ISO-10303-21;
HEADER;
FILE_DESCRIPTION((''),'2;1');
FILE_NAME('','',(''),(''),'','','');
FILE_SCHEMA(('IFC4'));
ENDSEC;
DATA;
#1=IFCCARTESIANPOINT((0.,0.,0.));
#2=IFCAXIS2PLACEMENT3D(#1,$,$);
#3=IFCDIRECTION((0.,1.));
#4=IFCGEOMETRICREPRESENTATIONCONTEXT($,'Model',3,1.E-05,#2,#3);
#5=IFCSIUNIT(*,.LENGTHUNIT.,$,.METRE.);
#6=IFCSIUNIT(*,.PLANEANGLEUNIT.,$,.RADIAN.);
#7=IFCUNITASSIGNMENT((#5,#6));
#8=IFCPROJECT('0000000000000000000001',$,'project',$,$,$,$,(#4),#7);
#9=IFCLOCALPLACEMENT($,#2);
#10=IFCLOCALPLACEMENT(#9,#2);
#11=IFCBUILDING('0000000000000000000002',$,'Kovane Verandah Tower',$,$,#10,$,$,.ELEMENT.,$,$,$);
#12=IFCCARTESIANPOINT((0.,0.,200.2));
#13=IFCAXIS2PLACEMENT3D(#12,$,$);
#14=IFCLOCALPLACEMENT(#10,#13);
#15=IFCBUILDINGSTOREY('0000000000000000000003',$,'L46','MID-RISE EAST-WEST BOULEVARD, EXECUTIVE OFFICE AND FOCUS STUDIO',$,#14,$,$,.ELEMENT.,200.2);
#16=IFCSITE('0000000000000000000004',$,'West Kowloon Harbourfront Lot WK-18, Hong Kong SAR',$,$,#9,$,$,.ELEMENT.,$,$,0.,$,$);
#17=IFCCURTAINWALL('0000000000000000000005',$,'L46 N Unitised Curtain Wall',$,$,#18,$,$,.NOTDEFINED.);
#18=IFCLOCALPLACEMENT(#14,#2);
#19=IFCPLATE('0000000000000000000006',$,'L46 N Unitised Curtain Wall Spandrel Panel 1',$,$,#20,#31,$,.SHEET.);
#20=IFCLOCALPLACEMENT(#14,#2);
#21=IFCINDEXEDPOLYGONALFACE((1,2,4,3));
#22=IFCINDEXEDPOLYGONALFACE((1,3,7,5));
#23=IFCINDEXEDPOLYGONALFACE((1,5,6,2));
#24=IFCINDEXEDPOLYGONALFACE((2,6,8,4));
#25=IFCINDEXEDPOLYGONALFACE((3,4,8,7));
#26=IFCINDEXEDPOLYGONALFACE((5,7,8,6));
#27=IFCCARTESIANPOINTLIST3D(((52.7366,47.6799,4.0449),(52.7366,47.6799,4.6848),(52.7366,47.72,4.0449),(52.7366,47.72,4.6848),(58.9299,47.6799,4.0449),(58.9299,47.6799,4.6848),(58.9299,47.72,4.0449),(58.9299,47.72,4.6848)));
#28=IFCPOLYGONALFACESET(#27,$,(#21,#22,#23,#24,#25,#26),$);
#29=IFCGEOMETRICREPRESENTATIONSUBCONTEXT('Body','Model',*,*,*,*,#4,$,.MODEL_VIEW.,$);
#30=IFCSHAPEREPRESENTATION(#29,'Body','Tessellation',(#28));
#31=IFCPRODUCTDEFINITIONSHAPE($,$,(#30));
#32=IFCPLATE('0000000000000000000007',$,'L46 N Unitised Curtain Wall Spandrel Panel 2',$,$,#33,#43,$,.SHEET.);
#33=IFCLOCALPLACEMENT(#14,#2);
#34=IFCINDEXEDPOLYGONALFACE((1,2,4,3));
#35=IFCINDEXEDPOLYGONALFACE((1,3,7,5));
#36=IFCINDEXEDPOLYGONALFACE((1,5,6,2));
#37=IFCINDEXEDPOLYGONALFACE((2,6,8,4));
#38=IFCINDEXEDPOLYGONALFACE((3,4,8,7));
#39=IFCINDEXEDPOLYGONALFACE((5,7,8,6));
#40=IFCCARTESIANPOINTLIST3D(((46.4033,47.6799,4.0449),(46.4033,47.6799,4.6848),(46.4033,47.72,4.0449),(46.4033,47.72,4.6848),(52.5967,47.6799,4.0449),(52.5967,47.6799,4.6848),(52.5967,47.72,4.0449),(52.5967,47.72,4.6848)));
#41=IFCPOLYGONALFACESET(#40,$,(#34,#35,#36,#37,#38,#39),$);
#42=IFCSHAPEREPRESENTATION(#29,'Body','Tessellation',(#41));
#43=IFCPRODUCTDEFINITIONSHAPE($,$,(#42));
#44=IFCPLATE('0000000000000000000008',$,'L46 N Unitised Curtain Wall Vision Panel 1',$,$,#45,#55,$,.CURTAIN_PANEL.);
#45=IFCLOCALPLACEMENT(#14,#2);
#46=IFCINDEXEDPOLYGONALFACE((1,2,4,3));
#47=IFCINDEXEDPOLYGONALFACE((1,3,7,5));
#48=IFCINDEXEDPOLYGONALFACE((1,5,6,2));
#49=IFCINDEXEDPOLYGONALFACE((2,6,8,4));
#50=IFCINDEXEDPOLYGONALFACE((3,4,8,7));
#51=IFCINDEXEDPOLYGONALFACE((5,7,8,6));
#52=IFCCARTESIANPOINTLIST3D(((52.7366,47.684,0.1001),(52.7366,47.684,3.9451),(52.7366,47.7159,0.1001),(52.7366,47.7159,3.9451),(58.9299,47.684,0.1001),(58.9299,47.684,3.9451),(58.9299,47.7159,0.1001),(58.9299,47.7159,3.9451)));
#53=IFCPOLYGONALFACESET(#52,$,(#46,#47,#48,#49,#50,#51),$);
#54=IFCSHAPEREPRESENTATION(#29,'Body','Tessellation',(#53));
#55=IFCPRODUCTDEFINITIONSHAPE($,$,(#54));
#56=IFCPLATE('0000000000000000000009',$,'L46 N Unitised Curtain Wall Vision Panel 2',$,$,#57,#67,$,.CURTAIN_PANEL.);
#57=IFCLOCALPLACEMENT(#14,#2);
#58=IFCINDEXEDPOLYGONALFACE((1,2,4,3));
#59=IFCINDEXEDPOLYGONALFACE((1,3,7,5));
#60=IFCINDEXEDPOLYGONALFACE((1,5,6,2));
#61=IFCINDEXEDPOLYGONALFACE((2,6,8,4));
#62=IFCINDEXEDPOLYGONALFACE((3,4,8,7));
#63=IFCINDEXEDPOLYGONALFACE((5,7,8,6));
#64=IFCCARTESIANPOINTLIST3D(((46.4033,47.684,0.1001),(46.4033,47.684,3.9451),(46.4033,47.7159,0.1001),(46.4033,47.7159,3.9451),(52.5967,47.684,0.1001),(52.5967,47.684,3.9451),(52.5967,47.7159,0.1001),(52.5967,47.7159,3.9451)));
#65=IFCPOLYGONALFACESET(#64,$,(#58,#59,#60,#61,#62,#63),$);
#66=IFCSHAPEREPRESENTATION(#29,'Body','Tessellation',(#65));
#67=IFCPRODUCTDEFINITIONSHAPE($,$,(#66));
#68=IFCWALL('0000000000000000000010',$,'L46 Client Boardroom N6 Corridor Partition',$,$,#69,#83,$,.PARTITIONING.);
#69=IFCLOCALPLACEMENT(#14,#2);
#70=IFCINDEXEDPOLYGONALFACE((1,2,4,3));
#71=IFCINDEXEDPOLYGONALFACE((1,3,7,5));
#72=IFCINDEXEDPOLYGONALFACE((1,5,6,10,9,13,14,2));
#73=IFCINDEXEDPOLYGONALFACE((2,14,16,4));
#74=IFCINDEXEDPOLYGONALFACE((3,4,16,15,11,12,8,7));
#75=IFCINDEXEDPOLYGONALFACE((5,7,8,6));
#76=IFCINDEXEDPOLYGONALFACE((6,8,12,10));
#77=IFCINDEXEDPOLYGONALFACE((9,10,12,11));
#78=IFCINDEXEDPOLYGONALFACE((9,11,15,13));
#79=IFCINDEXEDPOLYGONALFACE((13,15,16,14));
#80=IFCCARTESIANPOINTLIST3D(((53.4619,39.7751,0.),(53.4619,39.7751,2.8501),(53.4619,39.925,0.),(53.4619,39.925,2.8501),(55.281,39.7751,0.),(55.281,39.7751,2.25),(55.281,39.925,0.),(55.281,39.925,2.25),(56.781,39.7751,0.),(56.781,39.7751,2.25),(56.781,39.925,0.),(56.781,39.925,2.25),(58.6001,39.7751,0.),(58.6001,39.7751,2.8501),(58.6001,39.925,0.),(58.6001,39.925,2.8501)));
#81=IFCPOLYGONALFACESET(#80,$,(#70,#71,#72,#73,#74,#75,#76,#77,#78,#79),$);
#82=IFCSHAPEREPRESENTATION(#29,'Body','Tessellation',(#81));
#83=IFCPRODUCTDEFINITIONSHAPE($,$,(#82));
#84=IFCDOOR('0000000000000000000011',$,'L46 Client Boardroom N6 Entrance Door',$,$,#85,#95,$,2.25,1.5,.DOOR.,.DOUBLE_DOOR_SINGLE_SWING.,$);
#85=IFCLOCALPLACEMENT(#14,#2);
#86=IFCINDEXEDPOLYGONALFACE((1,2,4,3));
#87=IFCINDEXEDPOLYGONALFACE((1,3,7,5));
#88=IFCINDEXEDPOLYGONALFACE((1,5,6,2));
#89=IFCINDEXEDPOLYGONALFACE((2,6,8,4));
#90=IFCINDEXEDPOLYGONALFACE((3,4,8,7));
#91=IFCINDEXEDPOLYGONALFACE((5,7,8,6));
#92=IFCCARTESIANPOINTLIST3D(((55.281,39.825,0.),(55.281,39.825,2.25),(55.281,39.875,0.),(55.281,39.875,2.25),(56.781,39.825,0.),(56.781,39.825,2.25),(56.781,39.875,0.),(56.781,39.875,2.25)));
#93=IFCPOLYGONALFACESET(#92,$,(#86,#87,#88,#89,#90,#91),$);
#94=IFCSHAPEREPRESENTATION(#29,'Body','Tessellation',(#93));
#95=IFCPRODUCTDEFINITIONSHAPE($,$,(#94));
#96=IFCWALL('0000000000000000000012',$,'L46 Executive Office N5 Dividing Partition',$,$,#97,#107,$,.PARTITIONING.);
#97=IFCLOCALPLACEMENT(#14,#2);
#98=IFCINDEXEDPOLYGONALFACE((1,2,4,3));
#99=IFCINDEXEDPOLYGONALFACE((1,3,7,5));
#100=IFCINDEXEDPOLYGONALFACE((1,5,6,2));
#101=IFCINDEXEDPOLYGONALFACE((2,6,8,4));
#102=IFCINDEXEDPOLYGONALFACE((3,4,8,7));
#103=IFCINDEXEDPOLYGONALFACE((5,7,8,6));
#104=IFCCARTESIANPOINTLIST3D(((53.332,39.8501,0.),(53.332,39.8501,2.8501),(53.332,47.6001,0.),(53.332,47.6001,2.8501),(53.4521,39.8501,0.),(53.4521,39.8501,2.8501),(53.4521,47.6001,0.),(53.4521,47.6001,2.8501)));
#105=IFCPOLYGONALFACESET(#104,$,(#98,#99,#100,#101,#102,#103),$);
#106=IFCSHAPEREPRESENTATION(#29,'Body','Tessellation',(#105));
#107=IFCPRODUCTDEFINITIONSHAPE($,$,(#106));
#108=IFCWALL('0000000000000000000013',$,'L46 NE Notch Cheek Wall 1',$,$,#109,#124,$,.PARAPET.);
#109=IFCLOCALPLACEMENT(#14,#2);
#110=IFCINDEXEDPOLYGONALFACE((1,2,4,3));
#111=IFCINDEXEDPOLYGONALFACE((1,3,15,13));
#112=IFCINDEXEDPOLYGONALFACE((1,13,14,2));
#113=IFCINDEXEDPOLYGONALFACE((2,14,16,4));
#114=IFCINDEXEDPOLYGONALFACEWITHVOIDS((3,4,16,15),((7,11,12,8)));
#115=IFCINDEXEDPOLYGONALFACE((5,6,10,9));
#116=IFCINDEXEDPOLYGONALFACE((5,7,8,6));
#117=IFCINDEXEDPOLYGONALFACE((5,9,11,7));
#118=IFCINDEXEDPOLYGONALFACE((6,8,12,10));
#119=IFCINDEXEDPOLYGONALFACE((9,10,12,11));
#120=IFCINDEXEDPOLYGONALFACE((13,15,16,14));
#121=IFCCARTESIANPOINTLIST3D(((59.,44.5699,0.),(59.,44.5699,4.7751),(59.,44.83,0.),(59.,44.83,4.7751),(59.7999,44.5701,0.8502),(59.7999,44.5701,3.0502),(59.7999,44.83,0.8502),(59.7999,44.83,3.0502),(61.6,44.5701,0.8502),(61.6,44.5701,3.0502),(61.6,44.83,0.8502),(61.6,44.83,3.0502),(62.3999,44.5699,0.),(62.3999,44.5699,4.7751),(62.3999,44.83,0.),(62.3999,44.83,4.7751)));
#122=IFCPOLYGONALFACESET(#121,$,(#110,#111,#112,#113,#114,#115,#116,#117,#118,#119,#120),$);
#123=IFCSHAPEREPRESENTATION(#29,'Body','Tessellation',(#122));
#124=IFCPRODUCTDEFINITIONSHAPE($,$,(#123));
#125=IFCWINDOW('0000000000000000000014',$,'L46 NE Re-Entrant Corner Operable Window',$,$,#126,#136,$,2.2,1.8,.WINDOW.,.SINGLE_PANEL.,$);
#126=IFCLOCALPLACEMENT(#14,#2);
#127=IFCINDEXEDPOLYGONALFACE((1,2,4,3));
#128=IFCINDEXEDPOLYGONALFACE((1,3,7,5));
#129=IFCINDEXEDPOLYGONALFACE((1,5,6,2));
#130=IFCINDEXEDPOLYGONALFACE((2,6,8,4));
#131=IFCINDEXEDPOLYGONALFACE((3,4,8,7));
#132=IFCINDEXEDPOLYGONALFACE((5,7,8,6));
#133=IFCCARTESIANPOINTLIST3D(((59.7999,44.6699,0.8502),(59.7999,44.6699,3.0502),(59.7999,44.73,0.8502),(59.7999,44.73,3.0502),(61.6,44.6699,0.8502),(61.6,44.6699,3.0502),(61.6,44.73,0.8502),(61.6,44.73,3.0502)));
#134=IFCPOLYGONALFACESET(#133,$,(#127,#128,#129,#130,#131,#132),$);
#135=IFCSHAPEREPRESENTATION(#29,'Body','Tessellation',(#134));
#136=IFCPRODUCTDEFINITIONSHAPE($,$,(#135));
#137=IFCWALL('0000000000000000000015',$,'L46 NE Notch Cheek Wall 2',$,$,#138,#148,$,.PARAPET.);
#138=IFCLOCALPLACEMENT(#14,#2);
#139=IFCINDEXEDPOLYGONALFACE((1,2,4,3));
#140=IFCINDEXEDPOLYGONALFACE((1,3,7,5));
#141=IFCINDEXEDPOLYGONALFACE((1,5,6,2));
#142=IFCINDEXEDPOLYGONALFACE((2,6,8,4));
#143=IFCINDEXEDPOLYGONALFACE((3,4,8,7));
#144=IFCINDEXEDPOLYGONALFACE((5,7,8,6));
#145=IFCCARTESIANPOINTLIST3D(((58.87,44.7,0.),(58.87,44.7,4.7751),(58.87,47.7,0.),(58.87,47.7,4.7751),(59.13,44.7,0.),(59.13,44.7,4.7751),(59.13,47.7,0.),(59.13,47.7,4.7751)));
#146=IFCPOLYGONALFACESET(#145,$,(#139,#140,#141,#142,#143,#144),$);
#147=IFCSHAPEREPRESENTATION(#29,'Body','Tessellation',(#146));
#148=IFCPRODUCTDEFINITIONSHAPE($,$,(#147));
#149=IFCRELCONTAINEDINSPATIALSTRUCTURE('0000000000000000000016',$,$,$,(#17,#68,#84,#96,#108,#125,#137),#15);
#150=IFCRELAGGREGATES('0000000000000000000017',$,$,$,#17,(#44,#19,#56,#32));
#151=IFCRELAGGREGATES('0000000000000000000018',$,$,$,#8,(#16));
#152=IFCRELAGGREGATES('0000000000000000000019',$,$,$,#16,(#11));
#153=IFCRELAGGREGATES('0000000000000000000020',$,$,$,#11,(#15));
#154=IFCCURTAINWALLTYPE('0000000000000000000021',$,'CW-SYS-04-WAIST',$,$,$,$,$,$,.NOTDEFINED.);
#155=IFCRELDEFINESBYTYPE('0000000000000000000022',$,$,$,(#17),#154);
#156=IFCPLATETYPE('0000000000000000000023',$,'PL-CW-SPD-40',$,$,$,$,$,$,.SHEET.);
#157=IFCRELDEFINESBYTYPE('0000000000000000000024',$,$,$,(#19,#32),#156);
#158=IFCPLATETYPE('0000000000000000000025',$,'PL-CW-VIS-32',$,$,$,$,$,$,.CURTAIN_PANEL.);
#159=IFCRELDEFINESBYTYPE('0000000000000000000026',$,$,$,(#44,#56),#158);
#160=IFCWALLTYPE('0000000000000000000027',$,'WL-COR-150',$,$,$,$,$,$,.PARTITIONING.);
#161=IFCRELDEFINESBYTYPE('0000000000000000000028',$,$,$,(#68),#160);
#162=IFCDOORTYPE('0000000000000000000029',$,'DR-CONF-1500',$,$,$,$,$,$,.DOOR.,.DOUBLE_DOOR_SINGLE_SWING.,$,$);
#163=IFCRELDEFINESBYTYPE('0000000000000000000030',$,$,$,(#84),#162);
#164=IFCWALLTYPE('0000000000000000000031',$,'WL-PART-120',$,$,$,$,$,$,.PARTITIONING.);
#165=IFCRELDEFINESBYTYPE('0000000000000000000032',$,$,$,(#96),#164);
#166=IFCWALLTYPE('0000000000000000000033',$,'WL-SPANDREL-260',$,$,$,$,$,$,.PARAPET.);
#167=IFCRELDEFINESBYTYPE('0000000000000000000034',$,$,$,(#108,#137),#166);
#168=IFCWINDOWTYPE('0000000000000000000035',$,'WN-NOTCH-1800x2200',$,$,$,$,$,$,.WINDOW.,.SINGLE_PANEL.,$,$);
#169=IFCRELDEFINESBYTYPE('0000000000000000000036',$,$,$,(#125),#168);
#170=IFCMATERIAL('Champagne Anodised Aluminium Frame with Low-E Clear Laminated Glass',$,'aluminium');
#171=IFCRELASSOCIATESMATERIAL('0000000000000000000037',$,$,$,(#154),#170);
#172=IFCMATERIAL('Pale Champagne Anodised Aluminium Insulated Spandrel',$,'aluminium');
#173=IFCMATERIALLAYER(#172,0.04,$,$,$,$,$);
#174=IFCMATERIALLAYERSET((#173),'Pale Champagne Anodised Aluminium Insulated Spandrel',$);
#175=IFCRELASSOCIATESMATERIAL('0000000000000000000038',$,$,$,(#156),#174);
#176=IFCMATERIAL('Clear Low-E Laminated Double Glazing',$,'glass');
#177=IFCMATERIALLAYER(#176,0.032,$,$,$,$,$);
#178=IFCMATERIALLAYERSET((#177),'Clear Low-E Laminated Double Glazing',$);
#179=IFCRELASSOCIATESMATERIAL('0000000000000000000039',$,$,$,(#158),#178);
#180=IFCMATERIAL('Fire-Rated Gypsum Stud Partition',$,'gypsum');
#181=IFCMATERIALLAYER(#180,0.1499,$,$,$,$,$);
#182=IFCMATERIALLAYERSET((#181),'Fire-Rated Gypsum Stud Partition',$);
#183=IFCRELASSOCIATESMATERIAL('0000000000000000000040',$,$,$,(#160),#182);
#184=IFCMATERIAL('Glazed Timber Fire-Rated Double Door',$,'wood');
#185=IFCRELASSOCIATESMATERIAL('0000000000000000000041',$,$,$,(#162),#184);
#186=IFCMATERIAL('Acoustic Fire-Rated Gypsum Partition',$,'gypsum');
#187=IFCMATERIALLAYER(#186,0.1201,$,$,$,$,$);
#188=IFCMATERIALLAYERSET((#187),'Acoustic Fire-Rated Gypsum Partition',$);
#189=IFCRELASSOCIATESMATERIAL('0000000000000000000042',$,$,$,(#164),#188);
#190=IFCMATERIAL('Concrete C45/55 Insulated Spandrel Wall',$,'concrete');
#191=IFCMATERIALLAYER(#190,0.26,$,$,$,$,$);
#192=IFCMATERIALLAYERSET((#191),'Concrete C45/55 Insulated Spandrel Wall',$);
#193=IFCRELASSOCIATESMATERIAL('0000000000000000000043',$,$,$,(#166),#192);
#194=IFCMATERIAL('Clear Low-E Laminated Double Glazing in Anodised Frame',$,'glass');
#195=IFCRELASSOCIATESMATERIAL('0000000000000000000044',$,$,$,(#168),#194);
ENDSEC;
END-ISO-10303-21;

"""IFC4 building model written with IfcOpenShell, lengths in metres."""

from ifc_helpers import new_model, si_unit, direction, frame, frame_2d, origin, origin_2d, place, context, subcontext, project, spatial, rectangle, extrude, material, layer, layer_set, type_object, element, fill, aggregate, save


model = new_model("IFC4")

# Units and contexts
model_context = context("Model", 3, precision=1e-05, world=origin(), true_north=direction((0.0, 1.0)))
body_context = subcontext(model_context, "Body", "Model", "MODEL_VIEW")
ifc_project = project(units=[si_unit("LENGTHUNIT", "METRE"), si_unit("PLANEANGLEUNIT", "RADIAN")], contexts=[model_context])

# Site, building, storey
site_placement = place(None, origin())
site = spatial("IfcSite", under=ifc_project, at=site_placement, Name="West Kowloon Harbourfront Lot WK-18, Hong Kong SAR", CompositionType="ELEMENT", RefElevation=0.0)
building_placement = place(site_placement, origin())
building = spatial("IfcBuilding", under=site, at=building_placement, Name="Kovane Verandah Tower", CompositionType="ELEMENT")
storey_placement = place(building_placement, frame((0.0, 0.0, 200.2)))
storey = spatial("IfcBuildingStorey", under=building, at=storey_placement, Name="L46", Description="MID-RISE EAST-WEST BOULEVARD, EXECUTIVE OFFICE AND FOCUS STUDIO", CompositionType="ELEMENT", Elevation=200.2)

# Curtain wall, plates
ifc_material_1 = material(Name="Champagne Anodised Aluminium Frame with Low-E Clear Laminated Glass", Category="aluminium")
curtain_wall_type = type_object("IfcCurtainWallType", Name="CW-SYS-04-WAIST", PredefinedType="NOTDEFINED", material=ifc_material_1)
curtain_wall_placement = place(storey_placement, origin())
curtain_wall = element("IfcCurtainWall", 1, at=curtain_wall_placement, inside=storey, type_object=curtain_wall_type, Name="L46 N Unitised Curtain Wall", PredefinedType="NOTDEFINED")
ifc_material_2 = material(Name="Pale Champagne Anodised Aluminium Insulated Spandrel", Category="aluminium")
ifc_layer_1 = layer(ifc_material_2, 0.04)
ifc_layer_set_1 = layer_set([ifc_layer_1], Name="Pale Champagne Anodised Aluminium Insulated Spandrel")
plate_type_1 = type_object("IfcPlateType", Name="PL-CW-SPD-40", PredefinedType="SHEET", material=ifc_layer_set_1)
plate_1_placement = place(storey_placement, frame((55.8333, 47.7, 4.0449), z_axis=(0.0, 0.0, 1.0), x_axis=(-1.0, 0.0, 0.0)))
plate_1 = element("IfcPlate", 2, at=plate_1_placement, type_object=plate_type_1, Name="L46 N Unitised Curtain Wall Spandrel Panel 1", PredefinedType="SHEET", context=body_context, shape_type="SweptSolid", body=[
    extrude(rectangle(XDim=6.1934, YDim=0.04, at=origin_2d()), origin(), (0.0, 0.0, 1.0), 0.6399),
])
plate_2_placement = place(storey_placement, frame((49.5, 47.7, 4.0449), z_axis=(0.0, 0.0, 1.0), x_axis=(-1.0, 0.0, 0.0)))
plate_2 = element("IfcPlate", 3, at=plate_2_placement, type_object=plate_type_1, Name="L46 N Unitised Curtain Wall Spandrel Panel 2", PredefinedType="SHEET", context=body_context, shape_type="SweptSolid", body=[
    extrude(rectangle(XDim=6.1934, YDim=0.04, at=origin_2d()), origin(), (0.0, 0.0, 1.0), 0.6399),
])
ifc_material_3 = material(Name="Clear Low-E Laminated Double Glazing", Category="glass")
ifc_layer_2 = layer(ifc_material_3, 0.032)
ifc_layer_set_2 = layer_set([ifc_layer_2], Name="Clear Low-E Laminated Double Glazing")
plate_type_2 = type_object("IfcPlateType", Name="PL-CW-VIS-32", PredefinedType="CURTAIN_PANEL", material=ifc_layer_set_2)
plate_3_placement = place(storey_placement, frame((55.8333, 47.7, 0.1001), z_axis=(0.0, 0.0, 1.0), x_axis=(-1.0, 0.0, 0.0)))
plate_3 = element("IfcPlate", 4, at=plate_3_placement, type_object=plate_type_2, Name="L46 N Unitised Curtain Wall Vision Panel 1", PredefinedType="CURTAIN_PANEL", context=body_context, shape_type="SweptSolid", body=[
    extrude(rectangle(XDim=6.1934, YDim=0.032, at=origin_2d()), origin(), (0.0, 0.0, 1.0), 3.845),
])
plate_4_placement = place(storey_placement, frame((49.5, 47.7, 0.1001), z_axis=(0.0, 0.0, 1.0), x_axis=(-1.0, 0.0, 0.0)))
plate_4 = element("IfcPlate", 5, at=plate_4_placement, type_object=plate_type_2, Name="L46 N Unitised Curtain Wall Vision Panel 2", PredefinedType="CURTAIN_PANEL", context=body_context, shape_type="SweptSolid", body=[
    extrude(rectangle(XDim=6.1934, YDim=0.032, at=origin_2d()), origin(), (0.0, 0.0, 1.0), 3.845),
])
aggregate(curtain_wall, [plate_3, plate_1, plate_4, plate_2])

# Wall, opening, door
ifc_material_4 = material(Name="Fire-Rated Gypsum Stud Partition", Category="gypsum")
ifc_layer_3 = layer(ifc_material_4, 0.1499)
ifc_layer_set_3 = layer_set([ifc_layer_3], Name="Fire-Rated Gypsum Stud Partition")
wall_type_1 = type_object("IfcWallType", Name="WL-COR-150", PredefinedType="PARTITIONING", material=ifc_layer_set_3)
wall_1_placement = place(storey_placement, frame((53.4619, 39.8501, 0.0), z_axis=(0.0, 0.0, 1.0), x_axis=(1.0, 0.0, 0.0)))
wall_1 = element("IfcWall", 6, at=wall_1_placement, inside=storey, type_object=wall_type_1, Name="L46 Client Boardroom N6 Corridor Partition", PredefinedType="PARTITIONING", context=body_context, shape_type="SweptSolid", body=[
    extrude(rectangle(XDim=5.1382, YDim=0.1499, at=frame_2d((2.5691, 0.0))), origin(), (0.0, 0.0, 1.0), 2.8501),
])
opening_1_placement = place(wall_1_placement, frame((1.8191, 0.0, 0.0)))
opening_1 = element("IfcOpeningElement", 7, at=opening_1_placement, cuts=wall_1, PredefinedType="OPENING", context=body_context, shape_type="SweptSolid", body=[
    extrude(rectangle(XDim=1.5, YDim=2.25, at=frame_2d((0.75, 1.125))), frame((0.0, 0.075, 0.0), z_axis=(0.0, -1.0, 0.0), x_axis=(1.0, 0.0, 0.0)), (0.0, 0.0, 1.0), 0.1499),
])
ifc_material_5 = material(Name="Glazed Timber Fire-Rated Double Door", Category="wood")
door_type = type_object("IfcDoorType", Name="DR-CONF-1500", OperationType="DOUBLE_DOOR_SINGLE_SWING", PredefinedType="DOOR", material=ifc_material_5)
door_placement = place(opening_1_placement, origin())
door = element("IfcDoor", 8, at=door_placement, inside=storey, type_object=door_type, Name="L46 Client Boardroom N6 Entrance Door", OperationType="DOUBLE_DOOR_SINGLE_SWING", OverallHeight=2.25, OverallWidth=1.5, PredefinedType="DOOR", context=body_context, shape_type="SweptSolid", body=[
    extrude(rectangle(XDim=1.5, YDim=2.25, at=frame_2d((0.75, 1.125))), frame((0.0, 0.0249, 0.0), z_axis=(0.0, -1.0, 0.0), x_axis=(1.0, 0.0, 0.0)), (0.0, 0.0, 1.0), 0.05),
])
fill(opening_1, door)

# Wall
ifc_material_6 = material(Name="Acoustic Fire-Rated Gypsum Partition", Category="gypsum")
ifc_layer_4 = layer(ifc_material_6, 0.1201)
ifc_layer_set_4 = layer_set([ifc_layer_4], Name="Acoustic Fire-Rated Gypsum Partition")
wall_type_2 = type_object("IfcWallType", Name="WL-PART-120", PredefinedType="PARTITIONING", material=ifc_layer_set_4)
wall_2_placement = place(storey_placement, frame((53.3921, 39.8501, 0.0), z_axis=(0.0, 0.0, 1.0), x_axis=(0.0, 1.0, 0.0)))
element("IfcWall", 9, at=wall_2_placement, inside=storey, type_object=wall_type_2, Name="L46 Executive Office N5 Dividing Partition", PredefinedType="PARTITIONING", context=body_context, shape_type="SweptSolid", body=[
    extrude(rectangle(XDim=7.75, YDim=0.1201, at=frame_2d((3.875, 0.0))), origin(), (0.0, 0.0, 1.0), 2.8501),
])

# Wall, opening, window
ifc_material_7 = material(Name="Concrete C45/55 Insulated Spandrel Wall", Category="concrete")
ifc_layer_5 = layer(ifc_material_7, 0.26)
ifc_layer_set_5 = layer_set([ifc_layer_5], Name="Concrete C45/55 Insulated Spandrel Wall")
wall_type_3 = type_object("IfcWallType", Name="WL-SPANDREL-260", PredefinedType="PARAPET", material=ifc_layer_set_5)
wall_3_placement = place(storey_placement, frame((62.3999, 44.7, 0.0), z_axis=(0.0, 0.0, 1.0), x_axis=(-1.0, 0.0, 0.0)))
wall_3 = element("IfcWall", 10, at=wall_3_placement, inside=storey, type_object=wall_type_3, Name="L46 NE Notch Cheek Wall 1", PredefinedType="PARAPET", context=body_context, shape_type="SweptSolid", body=[
    extrude(rectangle(XDim=3.3999, YDim=0.26, at=frame_2d((1.7, 0.0))), origin(), (0.0, 0.0, 1.0), 4.7751),
])
opening_2_placement = place(wall_3_placement, frame((0.8, 0.0, 0.8501)))
opening_2 = element("IfcOpeningElement", 11, at=opening_2_placement, cuts=wall_3, PredefinedType="OPENING", context=body_context, shape_type="SweptSolid", body=[
    extrude(rectangle(XDim=1.8, YDim=2.2, at=frame_2d((0.8999, 1.1001))), frame((0.0, 0.1299, 0.0), z_axis=(0.0, -1.0, 0.0), x_axis=(1.0, 0.0, 0.0)), (0.0, 0.0, 1.0), 0.26),
])
ifc_material_8 = material(Name="Clear Low-E Laminated Double Glazing in Anodised Frame", Category="glass")
window_type = type_object("IfcWindowType", Name="WN-NOTCH-1800x2200", PartitioningType="SINGLE_PANEL", PredefinedType="WINDOW", material=ifc_material_8)
window_placement = place(opening_2_placement, origin())
window = element("IfcWindow", 12, at=window_placement, inside=storey, type_object=window_type, Name="L46 NE Re-Entrant Corner Operable Window", OverallHeight=2.2, OverallWidth=1.8, PartitioningType="SINGLE_PANEL", PredefinedType="WINDOW", context=body_context, shape_type="SweptSolid", body=[
    extrude(rectangle(XDim=1.8, YDim=2.2, at=frame_2d((0.8999, 1.1001))), frame((0.0, 0.03, 0.0), z_axis=(0.0, -1.0, 0.0), x_axis=(1.0, 0.0, 0.0)), (0.0, 0.0, 1.0), 0.0601),
])
fill(opening_2, window)

# Wall
wall_4_placement = place(storey_placement, frame((59.0, 44.7, 0.0), z_axis=(0.0, 0.0, 1.0), x_axis=(0.0, 1.0, 0.0)))
element("IfcWall", 13, at=wall_4_placement, inside=storey, type_object=wall_type_3, Name="L46 NE Notch Cheek Wall 2", PredefinedType="PARAPET", context=body_context, shape_type="SweptSolid", body=[
    extrude(rectangle(XDim=3.0, YDim=0.26, at=frame_2d((1.5, 0.0))), origin(), (0.0, 0.0, 1.0), 4.7751),
])

save(model, "model.ifc")
